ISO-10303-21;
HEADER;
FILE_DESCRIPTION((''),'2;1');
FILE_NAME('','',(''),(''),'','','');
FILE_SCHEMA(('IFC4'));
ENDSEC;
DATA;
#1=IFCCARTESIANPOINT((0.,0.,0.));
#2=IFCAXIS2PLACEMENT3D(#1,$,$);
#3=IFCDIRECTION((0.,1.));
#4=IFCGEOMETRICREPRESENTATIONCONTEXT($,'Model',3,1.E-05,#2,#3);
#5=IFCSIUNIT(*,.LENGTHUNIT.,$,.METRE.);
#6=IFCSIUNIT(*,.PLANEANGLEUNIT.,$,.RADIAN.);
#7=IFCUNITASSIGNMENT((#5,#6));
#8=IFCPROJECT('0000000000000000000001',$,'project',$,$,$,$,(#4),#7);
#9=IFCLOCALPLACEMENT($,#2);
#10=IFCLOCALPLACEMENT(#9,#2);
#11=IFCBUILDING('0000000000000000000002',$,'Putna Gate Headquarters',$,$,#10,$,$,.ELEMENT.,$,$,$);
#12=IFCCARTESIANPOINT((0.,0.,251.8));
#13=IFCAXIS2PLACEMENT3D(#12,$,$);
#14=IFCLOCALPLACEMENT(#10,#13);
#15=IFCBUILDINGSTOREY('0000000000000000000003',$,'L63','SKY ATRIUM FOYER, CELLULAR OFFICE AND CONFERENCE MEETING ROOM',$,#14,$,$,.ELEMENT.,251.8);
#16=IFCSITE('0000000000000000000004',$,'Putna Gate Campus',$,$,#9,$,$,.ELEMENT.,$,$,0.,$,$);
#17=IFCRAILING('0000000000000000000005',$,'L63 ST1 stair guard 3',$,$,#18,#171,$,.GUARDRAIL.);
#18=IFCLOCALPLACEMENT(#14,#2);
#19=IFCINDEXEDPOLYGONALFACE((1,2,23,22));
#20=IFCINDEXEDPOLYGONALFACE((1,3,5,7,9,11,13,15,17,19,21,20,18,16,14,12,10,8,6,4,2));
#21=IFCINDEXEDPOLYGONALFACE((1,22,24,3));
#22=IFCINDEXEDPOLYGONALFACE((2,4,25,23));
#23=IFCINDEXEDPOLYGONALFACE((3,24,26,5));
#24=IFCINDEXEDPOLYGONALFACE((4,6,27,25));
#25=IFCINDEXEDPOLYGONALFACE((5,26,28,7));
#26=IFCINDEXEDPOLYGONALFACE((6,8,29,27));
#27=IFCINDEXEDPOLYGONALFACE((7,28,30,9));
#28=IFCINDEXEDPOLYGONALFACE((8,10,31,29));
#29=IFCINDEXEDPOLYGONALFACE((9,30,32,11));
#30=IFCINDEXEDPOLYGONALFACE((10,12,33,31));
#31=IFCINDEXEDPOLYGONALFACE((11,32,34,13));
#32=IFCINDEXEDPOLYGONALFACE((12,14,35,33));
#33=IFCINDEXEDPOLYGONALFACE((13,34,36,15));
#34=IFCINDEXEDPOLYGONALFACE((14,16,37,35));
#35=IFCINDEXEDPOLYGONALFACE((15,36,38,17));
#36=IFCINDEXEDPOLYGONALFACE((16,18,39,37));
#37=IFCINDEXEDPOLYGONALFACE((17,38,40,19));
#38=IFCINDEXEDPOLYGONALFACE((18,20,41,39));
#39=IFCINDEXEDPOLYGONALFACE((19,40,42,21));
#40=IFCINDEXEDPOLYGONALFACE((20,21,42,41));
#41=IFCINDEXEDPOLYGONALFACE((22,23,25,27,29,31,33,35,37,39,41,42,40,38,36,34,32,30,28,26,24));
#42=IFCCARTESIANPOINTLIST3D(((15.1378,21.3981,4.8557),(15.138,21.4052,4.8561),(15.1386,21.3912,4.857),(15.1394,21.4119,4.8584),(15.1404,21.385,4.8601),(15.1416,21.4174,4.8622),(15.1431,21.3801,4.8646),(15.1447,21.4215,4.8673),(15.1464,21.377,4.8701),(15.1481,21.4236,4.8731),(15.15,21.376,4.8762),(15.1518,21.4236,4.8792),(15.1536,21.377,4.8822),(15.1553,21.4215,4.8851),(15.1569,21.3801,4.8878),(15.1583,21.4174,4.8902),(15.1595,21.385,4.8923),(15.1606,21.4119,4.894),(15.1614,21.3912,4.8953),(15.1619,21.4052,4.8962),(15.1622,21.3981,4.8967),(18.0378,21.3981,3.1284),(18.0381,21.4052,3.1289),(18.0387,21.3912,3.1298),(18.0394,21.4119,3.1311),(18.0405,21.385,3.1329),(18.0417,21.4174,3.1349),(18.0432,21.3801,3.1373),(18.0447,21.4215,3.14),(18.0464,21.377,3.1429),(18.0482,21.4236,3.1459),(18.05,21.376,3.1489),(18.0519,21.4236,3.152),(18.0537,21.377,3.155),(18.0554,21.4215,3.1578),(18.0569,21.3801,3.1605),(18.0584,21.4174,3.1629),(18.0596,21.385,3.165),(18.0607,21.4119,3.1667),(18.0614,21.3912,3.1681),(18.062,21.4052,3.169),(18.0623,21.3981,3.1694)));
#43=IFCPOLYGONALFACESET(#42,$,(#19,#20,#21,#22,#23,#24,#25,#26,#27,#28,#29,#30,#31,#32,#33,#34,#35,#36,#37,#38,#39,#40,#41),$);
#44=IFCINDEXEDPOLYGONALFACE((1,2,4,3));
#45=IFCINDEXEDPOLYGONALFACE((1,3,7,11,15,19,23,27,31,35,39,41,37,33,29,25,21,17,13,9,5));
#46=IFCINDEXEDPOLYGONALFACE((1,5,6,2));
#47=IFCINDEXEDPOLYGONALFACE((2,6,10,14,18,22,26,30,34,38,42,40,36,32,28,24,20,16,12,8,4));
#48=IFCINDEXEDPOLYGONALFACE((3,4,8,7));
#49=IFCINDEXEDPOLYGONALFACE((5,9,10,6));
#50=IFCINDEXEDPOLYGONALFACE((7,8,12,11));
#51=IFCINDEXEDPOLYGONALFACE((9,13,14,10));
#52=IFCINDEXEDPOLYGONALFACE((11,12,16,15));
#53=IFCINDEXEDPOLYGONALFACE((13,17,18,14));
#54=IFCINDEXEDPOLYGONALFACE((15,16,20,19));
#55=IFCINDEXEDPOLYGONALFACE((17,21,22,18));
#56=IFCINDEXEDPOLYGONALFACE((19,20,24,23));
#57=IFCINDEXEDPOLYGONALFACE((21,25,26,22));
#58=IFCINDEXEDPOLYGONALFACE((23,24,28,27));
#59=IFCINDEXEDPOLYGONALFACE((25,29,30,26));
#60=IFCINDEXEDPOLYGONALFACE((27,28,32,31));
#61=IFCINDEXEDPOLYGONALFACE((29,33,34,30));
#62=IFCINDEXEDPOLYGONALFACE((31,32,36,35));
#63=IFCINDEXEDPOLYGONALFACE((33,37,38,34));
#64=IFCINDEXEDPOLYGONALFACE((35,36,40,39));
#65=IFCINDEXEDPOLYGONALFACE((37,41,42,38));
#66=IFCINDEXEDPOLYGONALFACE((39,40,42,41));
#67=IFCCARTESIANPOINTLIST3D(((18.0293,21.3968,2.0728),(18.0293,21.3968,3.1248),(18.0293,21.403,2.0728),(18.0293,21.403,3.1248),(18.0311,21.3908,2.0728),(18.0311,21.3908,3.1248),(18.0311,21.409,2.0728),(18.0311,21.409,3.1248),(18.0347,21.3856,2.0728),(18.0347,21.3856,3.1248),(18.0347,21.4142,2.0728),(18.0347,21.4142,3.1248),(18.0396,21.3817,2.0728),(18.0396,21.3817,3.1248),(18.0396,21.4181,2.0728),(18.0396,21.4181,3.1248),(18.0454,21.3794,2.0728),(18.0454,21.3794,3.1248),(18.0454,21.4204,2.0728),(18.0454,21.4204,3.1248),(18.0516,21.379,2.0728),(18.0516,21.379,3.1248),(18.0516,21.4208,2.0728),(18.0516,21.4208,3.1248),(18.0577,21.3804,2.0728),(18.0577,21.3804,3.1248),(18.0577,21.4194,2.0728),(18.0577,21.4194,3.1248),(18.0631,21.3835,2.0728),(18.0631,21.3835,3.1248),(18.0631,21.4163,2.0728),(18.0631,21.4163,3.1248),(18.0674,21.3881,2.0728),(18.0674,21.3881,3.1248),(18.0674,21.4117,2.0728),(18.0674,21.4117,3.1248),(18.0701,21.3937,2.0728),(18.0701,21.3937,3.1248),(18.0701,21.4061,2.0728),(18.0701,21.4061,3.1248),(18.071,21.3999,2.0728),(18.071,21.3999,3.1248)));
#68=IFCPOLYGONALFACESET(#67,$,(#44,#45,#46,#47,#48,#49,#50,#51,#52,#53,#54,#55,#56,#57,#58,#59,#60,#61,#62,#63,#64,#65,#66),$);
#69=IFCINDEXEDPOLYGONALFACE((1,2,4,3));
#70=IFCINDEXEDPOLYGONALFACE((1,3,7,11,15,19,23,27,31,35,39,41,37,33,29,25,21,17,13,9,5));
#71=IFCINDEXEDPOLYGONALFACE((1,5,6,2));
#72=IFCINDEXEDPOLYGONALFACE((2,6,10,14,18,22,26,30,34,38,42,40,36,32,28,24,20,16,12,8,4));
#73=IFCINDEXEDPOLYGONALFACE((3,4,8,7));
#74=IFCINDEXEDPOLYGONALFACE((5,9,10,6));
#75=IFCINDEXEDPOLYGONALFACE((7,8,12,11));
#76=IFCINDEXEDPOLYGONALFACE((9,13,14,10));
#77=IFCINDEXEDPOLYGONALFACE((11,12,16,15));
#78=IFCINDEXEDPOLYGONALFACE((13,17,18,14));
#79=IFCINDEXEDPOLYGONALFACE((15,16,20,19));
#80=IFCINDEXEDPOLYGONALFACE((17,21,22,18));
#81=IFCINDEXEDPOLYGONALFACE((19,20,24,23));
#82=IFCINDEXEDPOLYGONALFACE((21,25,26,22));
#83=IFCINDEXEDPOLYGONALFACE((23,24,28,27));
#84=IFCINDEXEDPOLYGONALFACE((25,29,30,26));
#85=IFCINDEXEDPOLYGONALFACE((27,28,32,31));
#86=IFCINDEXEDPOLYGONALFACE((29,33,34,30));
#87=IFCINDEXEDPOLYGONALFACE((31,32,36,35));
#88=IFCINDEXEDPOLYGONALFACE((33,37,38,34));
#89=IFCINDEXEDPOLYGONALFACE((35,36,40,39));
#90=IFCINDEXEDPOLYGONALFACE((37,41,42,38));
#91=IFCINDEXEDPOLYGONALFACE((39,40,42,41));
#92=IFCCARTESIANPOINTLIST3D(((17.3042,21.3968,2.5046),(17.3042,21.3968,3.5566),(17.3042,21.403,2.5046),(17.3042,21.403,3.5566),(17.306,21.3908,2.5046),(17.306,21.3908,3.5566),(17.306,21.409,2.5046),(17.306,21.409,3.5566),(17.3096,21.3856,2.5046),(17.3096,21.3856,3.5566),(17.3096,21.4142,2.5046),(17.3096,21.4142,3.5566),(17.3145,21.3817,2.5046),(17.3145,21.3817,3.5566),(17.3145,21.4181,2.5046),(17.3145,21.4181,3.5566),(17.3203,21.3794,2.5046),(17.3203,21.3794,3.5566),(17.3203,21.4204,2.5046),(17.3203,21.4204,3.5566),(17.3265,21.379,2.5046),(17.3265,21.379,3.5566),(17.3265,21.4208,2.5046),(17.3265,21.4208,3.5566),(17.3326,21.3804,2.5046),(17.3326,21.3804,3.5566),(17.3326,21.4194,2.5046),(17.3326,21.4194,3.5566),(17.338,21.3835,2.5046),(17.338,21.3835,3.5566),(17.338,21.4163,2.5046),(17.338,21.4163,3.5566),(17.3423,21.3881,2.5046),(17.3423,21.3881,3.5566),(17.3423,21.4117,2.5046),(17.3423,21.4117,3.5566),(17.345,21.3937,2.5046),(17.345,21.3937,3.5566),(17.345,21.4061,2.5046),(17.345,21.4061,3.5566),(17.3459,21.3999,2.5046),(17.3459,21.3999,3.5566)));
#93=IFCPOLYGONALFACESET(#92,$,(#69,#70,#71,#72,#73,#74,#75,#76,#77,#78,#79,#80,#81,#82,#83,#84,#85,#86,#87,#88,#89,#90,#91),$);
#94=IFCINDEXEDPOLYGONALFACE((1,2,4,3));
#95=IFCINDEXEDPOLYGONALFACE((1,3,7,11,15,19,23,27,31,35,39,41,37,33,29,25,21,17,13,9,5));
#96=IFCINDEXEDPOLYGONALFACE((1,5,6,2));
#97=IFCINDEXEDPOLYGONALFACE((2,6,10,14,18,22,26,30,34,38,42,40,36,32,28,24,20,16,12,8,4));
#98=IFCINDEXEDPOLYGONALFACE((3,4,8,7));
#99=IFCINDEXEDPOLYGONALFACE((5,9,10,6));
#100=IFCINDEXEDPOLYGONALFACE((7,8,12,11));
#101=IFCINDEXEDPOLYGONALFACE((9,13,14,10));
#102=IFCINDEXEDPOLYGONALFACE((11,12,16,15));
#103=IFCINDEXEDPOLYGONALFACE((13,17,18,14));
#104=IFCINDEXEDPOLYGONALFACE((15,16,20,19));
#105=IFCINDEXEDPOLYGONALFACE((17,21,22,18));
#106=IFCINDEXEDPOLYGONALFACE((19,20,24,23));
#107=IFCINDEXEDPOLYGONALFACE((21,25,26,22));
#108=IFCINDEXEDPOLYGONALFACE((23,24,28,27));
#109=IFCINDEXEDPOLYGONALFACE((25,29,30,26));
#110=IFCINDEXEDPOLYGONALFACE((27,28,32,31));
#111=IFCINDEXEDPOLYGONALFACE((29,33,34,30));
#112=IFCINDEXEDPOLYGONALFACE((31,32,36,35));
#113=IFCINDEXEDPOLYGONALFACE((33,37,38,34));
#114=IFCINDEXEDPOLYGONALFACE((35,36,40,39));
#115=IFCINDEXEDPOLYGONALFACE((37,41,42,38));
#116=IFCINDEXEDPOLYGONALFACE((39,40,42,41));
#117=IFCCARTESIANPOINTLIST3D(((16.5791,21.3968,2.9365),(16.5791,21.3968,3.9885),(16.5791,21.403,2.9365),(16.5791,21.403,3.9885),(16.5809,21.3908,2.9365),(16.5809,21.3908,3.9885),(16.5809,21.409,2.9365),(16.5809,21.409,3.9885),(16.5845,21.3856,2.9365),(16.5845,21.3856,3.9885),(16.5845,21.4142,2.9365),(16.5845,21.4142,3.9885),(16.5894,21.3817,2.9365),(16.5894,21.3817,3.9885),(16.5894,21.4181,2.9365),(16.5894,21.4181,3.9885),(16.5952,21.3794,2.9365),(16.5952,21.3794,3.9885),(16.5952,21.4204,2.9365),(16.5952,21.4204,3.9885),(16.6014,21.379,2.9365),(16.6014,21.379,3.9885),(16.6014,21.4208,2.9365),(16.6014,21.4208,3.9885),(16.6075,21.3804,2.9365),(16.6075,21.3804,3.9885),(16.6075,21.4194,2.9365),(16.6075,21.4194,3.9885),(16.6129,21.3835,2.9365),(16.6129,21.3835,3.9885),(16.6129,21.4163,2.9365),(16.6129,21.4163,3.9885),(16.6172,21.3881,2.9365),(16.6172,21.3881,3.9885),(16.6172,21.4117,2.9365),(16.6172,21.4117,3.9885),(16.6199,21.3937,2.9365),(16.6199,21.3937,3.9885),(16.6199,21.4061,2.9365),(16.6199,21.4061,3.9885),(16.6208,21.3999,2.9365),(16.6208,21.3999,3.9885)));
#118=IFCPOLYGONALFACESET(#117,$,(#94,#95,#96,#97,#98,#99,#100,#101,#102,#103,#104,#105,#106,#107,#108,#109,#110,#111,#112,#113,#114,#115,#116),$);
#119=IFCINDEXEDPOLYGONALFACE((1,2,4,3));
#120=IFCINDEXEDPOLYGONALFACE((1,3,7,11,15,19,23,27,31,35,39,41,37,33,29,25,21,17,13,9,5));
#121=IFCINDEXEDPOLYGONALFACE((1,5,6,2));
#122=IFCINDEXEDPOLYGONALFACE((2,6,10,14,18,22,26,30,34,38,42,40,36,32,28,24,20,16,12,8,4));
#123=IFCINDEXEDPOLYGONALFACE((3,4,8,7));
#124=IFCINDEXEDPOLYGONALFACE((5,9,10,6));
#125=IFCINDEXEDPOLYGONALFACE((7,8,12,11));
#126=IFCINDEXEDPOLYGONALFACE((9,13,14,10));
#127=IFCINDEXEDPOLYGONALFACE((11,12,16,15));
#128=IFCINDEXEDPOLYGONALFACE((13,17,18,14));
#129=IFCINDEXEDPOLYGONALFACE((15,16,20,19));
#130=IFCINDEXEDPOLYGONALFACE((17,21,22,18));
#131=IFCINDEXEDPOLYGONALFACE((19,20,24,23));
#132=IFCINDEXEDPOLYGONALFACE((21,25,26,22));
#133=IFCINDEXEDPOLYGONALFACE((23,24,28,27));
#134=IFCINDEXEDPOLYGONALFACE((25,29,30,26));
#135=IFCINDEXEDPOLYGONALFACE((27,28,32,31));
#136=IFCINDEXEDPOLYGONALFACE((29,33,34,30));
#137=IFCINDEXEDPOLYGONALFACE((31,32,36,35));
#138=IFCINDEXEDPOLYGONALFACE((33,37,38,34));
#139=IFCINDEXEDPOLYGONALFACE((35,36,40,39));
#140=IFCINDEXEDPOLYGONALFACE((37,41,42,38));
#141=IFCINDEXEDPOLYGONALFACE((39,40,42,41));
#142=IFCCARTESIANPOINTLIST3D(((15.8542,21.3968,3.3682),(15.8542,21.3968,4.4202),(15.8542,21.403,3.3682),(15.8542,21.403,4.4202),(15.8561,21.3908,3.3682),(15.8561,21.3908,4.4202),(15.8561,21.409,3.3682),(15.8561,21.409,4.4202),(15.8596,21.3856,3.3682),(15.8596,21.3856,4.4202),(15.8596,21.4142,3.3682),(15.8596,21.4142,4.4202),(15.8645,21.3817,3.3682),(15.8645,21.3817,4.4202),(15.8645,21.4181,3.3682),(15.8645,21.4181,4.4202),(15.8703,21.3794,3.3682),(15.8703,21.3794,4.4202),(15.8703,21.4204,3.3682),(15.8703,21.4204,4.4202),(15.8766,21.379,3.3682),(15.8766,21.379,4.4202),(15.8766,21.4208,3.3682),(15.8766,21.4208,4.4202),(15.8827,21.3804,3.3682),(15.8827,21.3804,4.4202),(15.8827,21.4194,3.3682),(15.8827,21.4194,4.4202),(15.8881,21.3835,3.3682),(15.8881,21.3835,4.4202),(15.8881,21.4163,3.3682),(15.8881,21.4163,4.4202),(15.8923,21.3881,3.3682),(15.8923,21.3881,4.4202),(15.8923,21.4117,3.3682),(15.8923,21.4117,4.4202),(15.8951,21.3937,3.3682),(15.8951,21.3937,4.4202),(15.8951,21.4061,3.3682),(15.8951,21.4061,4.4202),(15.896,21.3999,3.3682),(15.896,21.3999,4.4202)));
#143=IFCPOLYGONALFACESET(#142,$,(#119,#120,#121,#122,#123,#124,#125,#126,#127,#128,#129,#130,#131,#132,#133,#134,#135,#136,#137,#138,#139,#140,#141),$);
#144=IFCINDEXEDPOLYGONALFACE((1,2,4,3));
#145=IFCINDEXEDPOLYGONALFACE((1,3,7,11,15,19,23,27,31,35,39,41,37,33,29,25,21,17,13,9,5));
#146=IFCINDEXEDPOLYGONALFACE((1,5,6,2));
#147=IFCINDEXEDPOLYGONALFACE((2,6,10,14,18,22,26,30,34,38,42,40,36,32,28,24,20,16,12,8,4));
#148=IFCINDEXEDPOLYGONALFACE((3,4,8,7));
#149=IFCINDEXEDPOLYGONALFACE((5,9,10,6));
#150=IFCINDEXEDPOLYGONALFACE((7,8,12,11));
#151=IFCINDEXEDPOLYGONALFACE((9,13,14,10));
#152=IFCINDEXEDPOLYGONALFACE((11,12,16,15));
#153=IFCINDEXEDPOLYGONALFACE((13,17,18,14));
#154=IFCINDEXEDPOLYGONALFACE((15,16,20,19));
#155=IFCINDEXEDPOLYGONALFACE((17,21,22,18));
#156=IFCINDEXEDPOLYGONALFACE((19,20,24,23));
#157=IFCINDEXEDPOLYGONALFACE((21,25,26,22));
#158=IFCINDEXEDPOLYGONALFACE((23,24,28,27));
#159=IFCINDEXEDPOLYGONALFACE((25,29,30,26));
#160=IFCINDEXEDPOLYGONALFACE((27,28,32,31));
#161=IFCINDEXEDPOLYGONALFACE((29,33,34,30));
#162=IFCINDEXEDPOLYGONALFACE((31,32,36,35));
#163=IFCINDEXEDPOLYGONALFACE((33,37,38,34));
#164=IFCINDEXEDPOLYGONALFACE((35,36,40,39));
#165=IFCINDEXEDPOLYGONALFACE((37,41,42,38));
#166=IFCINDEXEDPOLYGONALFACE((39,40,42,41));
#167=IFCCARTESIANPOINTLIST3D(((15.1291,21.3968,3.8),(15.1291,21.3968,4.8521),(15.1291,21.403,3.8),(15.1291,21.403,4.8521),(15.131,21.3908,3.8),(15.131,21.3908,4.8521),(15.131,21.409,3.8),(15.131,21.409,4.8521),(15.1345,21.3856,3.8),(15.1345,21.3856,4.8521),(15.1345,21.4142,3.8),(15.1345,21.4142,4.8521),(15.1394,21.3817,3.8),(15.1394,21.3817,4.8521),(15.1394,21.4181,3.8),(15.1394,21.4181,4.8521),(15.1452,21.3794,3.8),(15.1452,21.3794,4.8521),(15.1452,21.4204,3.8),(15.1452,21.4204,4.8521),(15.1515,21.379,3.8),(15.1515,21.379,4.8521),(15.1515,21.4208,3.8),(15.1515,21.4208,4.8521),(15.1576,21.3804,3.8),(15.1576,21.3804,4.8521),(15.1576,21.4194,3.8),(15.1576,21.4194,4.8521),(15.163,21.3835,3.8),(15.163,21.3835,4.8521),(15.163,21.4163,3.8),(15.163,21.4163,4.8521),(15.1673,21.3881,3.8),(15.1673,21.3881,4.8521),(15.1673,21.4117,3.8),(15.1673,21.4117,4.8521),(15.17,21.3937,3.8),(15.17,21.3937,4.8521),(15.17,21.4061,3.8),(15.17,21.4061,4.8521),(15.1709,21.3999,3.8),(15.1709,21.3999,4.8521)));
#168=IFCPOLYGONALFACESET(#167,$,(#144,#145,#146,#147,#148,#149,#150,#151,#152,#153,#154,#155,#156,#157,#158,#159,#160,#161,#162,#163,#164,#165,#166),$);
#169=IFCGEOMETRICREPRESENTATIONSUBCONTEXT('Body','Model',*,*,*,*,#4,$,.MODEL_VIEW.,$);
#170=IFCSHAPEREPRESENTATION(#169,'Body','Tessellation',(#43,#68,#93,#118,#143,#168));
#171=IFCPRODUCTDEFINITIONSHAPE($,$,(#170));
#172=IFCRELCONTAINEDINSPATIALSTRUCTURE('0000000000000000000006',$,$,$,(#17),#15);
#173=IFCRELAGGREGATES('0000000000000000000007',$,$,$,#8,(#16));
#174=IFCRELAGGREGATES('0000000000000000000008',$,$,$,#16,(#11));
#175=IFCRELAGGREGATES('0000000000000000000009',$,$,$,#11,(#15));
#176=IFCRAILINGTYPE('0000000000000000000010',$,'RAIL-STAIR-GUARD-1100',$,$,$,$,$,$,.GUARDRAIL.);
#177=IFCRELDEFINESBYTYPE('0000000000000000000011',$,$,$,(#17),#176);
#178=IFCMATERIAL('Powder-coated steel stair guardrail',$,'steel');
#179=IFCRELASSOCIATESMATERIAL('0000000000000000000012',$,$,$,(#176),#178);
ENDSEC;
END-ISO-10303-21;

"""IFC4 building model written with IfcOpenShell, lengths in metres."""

from ifc_helpers import new_model, si_unit, direction, frame, origin, origin_2d, place, context, subcontext, project, spatial, circle, extrude, material, type_object, element, save


model = new_model("IFC4")

# Units and contexts
model_context = context("Model", 3, precision=1e-05, world=origin(), true_north=direction((0.0, 1.0)))
body_context = subcontext(model_context, "Body", "Model", "MODEL_VIEW")
ifc_project = project(units=[si_unit("LENGTHUNIT", "METRE"), si_unit("PLANEANGLEUNIT", "RADIAN")], contexts=[model_context])

# Site, building, storey
site_placement = place(None, origin())
site = spatial("IfcSite", under=ifc_project, at=site_placement, Name="Putna Gate Campus", CompositionType="ELEMENT", RefElevation=0.0)
building_placement = place(site_placement, origin())
building = spatial("IfcBuilding", under=site, at=building_placement, Name="Putna Gate Headquarters", CompositionType="ELEMENT")
storey_placement = place(building_placement, frame((0.0, 0.0, 251.8)))
storey = spatial("IfcBuildingStorey", under=building, at=storey_placement, Name="L63", Description="SKY ATRIUM FOYER, CELLULAR OFFICE AND CONFERENCE MEETING ROOM", CompositionType="ELEMENT", Elevation=251.8)

# Railing
ifc_material_1 = material(Name="Powder-coated steel stair guardrail", Category="steel")
railing_type_1 = type_object("IfcRailingType", Name="RAIL-STAIR-GUARD-1100", PredefinedType="GUARDRAIL", material=ifc_material_1)
railing_1_placement = place(storey_placement, frame((18.05, 21.3999, 2.0728)))
element("IfcRailing", 1, at=railing_1_placement, inside=storey, type_object=railing_type_1, Name="L63 ST1 stair guard 3", PredefinedType="GUARDRAIL", context=body_context, shape_type="SweptSolid", body=[
    extrude(circle(Radius=0.0239, at=origin_2d()), frame((0.0, 0.0, 1.0762), z_axis=(-0.85916, 0.0, 0.511706), x_axis=(0.0, -1.0, 0.0)), (0.0, 0.0, 1.0), 3.3755),
    extrude(circle(Radius=0.021, at=origin_2d()), origin(), (0.0, 0.0, 1.0), 1.052),
    extrude(circle(Radius=0.021, at=origin_2d()), frame((-0.7251, 0.0, 0.4319)), (0.0, 0.0, 1.0), 1.052),
    extrude(circle(Radius=0.021, at=origin_2d()), frame((-1.4502, 0.0, 0.8638)), (0.0, 0.0, 1.0), 1.052),
    extrude(circle(Radius=0.021, at=origin_2d()), frame((-2.175, 0.0, 1.2954)), (0.0, 0.0, 1.0), 1.052),
    extrude(circle(Radius=0.021, at=origin_2d()), frame((-2.9001, 0.0, 1.7273)), (0.0, 0.0, 1.0), 1.052),
])

save(model, "model.ifc")
